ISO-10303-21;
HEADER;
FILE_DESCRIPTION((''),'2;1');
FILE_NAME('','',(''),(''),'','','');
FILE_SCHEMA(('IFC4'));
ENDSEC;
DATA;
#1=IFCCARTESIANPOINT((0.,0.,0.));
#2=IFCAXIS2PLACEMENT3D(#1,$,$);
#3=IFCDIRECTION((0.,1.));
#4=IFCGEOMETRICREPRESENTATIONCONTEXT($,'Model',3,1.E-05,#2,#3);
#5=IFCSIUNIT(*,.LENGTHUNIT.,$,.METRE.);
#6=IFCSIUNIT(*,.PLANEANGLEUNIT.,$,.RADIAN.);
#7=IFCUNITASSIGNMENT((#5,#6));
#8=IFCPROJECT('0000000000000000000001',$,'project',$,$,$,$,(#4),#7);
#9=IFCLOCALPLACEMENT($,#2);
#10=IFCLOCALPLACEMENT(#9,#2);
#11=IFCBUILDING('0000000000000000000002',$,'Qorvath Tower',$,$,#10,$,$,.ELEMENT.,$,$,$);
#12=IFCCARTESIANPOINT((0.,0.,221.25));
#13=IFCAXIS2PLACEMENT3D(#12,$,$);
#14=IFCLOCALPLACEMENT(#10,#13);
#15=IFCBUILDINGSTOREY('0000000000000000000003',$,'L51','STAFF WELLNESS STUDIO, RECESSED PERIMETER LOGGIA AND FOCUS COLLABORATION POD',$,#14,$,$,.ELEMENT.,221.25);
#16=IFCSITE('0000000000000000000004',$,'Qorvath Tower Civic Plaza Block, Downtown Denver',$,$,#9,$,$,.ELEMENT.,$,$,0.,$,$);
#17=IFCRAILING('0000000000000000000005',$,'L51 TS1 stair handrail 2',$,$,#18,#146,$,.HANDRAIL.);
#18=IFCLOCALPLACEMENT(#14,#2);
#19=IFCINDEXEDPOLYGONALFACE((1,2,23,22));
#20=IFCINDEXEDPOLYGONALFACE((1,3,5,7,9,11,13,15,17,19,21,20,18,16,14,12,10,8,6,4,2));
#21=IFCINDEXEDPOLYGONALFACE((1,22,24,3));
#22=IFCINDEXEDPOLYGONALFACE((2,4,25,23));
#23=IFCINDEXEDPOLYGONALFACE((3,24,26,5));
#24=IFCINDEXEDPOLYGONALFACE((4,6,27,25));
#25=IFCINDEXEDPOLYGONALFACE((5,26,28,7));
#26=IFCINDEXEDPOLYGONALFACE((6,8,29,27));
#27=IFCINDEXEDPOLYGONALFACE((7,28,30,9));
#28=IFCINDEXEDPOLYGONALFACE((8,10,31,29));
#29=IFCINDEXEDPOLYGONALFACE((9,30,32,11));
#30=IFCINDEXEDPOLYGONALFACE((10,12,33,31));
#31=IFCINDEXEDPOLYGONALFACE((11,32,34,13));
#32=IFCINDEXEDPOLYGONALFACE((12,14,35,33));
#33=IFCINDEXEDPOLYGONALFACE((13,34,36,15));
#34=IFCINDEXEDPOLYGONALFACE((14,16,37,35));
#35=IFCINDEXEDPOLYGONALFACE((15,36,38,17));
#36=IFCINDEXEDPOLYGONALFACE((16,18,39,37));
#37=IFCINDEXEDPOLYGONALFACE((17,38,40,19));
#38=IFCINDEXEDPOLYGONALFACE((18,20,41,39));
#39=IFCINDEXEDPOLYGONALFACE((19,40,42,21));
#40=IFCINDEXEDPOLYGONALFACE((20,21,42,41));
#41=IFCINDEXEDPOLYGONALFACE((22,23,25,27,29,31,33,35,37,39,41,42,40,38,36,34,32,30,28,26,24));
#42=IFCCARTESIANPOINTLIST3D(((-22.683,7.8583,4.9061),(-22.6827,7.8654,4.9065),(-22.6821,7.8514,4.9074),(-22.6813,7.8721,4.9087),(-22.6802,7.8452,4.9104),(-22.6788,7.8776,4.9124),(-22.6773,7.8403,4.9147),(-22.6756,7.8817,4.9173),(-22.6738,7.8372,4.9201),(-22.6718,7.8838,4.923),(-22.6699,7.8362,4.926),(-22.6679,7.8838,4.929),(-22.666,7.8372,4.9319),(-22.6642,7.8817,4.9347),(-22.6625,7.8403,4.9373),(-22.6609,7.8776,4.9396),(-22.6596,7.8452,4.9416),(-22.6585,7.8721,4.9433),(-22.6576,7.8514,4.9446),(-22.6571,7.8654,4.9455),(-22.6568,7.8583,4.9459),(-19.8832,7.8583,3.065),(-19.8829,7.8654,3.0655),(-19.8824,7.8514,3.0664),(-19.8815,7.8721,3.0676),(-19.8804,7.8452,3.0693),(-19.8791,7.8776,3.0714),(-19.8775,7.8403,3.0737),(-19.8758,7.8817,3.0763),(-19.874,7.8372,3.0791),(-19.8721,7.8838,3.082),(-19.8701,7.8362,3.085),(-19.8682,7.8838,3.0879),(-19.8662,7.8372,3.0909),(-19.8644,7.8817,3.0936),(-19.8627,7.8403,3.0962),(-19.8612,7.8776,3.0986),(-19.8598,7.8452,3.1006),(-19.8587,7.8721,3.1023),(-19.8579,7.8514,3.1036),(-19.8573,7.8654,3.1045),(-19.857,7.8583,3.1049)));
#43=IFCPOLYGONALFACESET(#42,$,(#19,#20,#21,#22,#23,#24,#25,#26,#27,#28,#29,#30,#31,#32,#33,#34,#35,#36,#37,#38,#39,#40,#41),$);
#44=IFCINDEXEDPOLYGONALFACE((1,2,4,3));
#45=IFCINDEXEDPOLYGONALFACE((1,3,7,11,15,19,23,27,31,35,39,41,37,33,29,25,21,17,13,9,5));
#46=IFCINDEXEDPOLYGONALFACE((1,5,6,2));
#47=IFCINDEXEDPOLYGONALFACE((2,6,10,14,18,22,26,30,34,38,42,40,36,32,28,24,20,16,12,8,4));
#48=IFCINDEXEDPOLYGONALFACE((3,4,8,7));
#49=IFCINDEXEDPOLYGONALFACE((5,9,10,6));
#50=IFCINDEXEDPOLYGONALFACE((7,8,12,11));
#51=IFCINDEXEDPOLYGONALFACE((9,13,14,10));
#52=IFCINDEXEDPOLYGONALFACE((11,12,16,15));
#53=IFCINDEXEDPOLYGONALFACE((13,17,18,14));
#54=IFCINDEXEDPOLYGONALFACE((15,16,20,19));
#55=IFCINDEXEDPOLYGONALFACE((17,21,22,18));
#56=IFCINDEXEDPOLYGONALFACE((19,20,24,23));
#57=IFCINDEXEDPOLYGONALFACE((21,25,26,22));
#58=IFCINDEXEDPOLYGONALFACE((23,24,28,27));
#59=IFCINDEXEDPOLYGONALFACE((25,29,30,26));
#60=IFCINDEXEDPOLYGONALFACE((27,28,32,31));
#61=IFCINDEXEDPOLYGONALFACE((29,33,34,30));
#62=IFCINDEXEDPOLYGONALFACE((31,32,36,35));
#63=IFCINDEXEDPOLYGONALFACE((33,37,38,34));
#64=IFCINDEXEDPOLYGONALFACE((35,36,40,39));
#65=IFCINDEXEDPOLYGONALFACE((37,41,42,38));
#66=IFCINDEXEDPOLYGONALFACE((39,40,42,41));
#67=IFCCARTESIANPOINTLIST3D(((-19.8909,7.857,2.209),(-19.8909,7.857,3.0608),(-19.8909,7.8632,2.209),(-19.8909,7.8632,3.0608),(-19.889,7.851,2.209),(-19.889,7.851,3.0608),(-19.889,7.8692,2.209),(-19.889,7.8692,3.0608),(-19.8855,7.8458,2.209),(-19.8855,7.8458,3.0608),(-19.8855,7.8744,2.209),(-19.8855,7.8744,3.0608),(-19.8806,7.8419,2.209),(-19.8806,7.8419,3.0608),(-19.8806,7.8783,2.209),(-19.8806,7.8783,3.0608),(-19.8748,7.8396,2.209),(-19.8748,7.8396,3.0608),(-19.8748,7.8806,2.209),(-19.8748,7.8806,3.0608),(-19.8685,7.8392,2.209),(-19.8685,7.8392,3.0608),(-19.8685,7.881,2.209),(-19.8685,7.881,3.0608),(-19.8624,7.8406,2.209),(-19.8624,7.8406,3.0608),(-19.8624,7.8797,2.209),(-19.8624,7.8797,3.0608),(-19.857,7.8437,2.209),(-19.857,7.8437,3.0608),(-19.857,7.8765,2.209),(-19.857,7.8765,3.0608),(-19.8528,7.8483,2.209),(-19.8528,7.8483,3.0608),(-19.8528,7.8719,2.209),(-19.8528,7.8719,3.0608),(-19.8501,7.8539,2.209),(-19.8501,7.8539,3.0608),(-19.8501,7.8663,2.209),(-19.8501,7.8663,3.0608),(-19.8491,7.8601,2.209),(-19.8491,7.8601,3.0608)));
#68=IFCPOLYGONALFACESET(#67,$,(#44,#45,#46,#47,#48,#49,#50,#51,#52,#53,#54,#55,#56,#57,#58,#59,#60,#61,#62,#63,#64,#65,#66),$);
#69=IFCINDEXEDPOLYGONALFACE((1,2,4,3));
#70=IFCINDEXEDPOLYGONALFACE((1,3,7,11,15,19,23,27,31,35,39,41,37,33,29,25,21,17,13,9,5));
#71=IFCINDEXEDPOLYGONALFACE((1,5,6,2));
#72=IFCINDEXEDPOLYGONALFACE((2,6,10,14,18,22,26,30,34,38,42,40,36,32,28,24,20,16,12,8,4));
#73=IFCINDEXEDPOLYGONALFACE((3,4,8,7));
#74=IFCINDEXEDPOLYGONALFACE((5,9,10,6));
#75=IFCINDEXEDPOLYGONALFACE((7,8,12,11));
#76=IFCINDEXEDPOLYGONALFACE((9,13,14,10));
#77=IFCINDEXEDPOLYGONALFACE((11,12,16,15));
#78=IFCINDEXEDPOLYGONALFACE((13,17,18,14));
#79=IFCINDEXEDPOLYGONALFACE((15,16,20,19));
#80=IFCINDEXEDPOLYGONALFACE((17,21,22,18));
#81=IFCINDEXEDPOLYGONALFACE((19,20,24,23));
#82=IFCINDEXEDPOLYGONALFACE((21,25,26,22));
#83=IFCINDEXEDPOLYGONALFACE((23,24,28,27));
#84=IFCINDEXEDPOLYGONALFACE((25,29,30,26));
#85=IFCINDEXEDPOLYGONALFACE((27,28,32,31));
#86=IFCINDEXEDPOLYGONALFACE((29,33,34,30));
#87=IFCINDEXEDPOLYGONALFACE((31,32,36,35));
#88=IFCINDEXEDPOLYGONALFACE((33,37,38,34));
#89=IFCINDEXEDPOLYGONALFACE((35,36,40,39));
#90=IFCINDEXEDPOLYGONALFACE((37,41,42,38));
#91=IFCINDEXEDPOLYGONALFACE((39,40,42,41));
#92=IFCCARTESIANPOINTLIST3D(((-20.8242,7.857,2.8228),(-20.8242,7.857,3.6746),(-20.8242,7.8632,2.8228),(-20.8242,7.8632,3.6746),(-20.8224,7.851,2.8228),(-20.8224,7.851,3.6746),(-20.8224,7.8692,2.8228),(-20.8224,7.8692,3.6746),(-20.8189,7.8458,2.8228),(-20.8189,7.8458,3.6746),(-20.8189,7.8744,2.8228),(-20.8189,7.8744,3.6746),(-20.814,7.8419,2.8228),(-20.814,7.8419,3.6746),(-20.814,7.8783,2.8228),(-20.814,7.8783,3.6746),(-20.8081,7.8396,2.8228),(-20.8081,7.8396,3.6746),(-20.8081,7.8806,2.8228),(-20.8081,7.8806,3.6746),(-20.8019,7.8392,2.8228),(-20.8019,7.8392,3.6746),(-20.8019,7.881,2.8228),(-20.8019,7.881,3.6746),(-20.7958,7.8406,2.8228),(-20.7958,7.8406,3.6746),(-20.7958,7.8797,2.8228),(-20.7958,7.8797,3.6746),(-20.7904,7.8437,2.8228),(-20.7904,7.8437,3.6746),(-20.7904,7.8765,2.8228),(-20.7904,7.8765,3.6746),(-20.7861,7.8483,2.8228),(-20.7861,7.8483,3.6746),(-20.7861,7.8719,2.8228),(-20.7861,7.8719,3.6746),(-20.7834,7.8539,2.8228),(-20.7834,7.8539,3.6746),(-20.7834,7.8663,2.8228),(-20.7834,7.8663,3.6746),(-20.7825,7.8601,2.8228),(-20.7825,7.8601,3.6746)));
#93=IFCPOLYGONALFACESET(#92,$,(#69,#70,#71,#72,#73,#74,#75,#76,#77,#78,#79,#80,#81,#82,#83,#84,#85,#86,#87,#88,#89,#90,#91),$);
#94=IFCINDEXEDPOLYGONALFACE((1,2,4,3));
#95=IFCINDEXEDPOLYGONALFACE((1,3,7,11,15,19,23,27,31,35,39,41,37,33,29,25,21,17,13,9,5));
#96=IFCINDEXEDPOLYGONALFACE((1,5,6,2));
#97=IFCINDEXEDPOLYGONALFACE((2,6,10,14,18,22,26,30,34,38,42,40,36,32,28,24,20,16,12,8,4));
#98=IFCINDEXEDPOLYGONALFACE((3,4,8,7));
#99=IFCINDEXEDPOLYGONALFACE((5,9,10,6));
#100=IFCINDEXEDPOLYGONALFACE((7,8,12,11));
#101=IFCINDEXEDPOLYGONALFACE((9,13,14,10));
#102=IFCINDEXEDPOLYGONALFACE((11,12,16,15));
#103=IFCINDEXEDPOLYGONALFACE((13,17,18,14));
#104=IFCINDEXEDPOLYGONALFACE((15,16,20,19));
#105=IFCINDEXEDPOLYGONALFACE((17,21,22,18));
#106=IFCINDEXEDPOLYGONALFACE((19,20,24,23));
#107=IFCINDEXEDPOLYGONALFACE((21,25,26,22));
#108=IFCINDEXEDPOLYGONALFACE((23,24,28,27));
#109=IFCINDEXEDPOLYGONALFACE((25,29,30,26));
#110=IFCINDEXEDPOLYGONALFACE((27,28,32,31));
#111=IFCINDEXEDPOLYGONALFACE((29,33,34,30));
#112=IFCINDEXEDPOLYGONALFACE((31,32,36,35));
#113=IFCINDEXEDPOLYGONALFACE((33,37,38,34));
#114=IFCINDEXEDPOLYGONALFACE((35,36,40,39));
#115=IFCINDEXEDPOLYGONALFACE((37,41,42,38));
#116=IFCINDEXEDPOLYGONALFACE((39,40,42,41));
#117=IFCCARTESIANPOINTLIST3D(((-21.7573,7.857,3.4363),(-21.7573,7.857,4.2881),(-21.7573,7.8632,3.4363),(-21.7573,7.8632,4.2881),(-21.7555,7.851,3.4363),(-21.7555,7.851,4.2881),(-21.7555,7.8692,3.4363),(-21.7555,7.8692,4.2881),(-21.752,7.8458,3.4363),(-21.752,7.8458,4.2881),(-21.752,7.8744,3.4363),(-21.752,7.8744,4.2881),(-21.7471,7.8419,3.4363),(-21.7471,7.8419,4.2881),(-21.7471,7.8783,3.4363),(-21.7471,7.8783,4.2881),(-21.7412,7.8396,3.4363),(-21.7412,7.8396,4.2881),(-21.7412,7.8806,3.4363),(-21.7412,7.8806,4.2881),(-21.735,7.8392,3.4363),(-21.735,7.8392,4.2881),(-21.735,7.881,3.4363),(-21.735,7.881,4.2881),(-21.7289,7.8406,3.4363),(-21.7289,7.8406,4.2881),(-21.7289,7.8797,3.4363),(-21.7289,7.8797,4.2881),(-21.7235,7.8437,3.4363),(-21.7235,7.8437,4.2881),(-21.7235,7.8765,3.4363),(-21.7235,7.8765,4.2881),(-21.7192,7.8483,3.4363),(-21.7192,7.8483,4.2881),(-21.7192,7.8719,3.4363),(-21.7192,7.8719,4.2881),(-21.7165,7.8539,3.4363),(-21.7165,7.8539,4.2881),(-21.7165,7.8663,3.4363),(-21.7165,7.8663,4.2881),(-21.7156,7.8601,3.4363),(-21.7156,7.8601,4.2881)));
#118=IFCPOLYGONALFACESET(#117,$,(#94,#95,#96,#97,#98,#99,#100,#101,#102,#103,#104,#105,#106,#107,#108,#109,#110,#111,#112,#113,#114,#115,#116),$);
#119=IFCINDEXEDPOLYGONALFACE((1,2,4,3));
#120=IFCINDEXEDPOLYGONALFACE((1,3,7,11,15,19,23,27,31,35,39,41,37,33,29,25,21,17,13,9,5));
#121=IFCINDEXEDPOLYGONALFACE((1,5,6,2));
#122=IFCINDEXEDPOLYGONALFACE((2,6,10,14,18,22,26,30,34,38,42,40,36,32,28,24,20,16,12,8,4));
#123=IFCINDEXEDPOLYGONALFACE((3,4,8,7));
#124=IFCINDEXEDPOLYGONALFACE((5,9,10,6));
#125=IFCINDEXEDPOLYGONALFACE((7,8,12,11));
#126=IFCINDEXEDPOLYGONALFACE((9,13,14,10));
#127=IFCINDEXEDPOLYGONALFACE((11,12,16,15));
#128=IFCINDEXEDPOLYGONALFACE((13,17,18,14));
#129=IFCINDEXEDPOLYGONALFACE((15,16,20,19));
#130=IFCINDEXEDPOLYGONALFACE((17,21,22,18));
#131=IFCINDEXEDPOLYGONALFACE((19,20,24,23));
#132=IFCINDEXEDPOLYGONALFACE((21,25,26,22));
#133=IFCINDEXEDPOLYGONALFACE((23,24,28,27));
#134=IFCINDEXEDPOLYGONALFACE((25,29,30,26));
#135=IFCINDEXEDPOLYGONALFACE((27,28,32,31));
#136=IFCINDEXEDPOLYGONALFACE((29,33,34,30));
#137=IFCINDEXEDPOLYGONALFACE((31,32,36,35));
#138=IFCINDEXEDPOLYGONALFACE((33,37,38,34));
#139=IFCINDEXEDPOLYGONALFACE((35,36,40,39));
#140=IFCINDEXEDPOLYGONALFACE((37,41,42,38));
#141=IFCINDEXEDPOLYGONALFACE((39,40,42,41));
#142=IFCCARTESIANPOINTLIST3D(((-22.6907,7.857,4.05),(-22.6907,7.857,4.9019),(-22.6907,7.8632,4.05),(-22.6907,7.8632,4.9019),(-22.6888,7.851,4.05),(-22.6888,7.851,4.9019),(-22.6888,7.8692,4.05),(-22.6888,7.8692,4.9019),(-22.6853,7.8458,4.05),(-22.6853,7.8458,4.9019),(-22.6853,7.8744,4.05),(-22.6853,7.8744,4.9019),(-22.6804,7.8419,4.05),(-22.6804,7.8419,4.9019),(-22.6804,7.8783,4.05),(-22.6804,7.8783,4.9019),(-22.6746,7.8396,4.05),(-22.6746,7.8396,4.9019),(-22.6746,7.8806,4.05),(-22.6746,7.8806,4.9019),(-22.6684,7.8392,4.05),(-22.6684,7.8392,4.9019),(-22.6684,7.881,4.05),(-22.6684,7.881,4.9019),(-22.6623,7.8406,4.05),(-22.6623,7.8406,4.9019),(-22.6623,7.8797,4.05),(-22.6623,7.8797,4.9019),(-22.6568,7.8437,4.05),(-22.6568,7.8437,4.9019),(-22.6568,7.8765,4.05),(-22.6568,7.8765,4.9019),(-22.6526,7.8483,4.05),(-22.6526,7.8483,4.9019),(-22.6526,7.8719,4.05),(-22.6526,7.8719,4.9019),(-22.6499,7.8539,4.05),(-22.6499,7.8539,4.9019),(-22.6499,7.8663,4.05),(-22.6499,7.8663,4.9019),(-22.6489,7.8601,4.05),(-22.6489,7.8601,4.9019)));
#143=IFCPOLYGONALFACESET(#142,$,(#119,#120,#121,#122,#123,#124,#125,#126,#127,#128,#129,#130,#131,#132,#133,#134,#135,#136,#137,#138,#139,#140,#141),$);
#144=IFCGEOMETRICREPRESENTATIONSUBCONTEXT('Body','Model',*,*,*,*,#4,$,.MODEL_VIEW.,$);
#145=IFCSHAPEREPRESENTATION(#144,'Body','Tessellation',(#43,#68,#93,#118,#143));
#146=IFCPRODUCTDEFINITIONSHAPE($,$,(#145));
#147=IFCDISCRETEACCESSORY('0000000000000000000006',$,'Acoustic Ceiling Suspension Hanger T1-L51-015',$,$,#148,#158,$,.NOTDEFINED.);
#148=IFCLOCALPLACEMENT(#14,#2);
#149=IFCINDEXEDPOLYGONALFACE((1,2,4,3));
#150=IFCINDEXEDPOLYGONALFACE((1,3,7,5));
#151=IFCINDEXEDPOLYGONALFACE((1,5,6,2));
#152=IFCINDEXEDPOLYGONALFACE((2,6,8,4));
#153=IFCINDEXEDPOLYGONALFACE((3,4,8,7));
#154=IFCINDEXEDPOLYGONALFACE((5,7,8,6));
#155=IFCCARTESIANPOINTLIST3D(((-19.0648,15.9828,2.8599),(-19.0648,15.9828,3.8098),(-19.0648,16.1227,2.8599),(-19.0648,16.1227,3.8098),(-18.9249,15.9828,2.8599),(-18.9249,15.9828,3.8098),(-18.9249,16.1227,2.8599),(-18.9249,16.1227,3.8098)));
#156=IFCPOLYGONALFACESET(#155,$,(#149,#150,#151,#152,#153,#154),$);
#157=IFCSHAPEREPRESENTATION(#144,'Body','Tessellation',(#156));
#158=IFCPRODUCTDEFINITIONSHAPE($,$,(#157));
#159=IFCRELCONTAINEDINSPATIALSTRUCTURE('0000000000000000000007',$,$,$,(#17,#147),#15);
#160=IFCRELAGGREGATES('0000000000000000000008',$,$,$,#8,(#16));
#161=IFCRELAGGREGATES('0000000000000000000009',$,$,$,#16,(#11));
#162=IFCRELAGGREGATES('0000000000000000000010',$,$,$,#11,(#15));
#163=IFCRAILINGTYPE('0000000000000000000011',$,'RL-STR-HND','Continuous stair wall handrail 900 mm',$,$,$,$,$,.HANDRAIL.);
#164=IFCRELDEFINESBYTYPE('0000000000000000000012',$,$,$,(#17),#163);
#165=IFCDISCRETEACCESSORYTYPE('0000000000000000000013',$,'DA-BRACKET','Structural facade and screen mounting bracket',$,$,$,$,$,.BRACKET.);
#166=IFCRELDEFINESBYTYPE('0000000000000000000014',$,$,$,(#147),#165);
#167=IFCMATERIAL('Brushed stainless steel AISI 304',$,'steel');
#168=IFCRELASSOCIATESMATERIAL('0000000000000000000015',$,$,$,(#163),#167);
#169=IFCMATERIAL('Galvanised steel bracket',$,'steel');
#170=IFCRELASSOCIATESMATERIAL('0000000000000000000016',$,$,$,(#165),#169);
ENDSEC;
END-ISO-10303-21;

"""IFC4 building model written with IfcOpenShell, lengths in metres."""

from ifc_helpers import new_model, si_unit, direction, frame, origin, origin_2d, place, context, subcontext, project, spatial, rectangle, circle, extrude, material, type_object, element, save


model = new_model("IFC4")

# Units and contexts
model_context = context("Model", 3, precision=1e-05, world=origin(), true_north=direction((0.0, 1.0)))
body_context = subcontext(model_context, "Body", "Model", "MODEL_VIEW")
ifc_project = project(units=[si_unit("LENGTHUNIT", "METRE"), si_unit("PLANEANGLEUNIT", "RADIAN")], contexts=[model_context])

# Site, building, storey
site_placement = place(None, origin())
site = spatial("IfcSite", under=ifc_project, at=site_placement, Name="Qorvath Tower Civic Plaza Block, Downtown Denver", CompositionType="ELEMENT", RefElevation=0.0)
building_placement = place(site_placement, origin())
building = spatial("IfcBuilding", under=site, at=building_placement, Name="Qorvath Tower", CompositionType="ELEMENT")
storey_placement = place(building_placement, frame((0.0, 0.0, 221.25)))
storey = spatial("IfcBuildingStorey", under=building, at=storey_placement, Name="L51", Description="STAFF WELLNESS STUDIO, RECESSED PERIMETER LOGGIA AND FOCUS COLLABORATION POD", CompositionType="ELEMENT", Elevation=221.25)

# Railing
ifc_material_1 = material(Name="Brushed stainless steel AISI 304", Category="steel")
railing_type = type_object("IfcRailingType", Name="RL-STR-HND", Description="Continuous stair wall handrail 900 mm", PredefinedType="HANDRAIL", material=ifc_material_1)
railing_placement = place(storey_placement, frame((-19.8701, 7.8601, 2.209)))
element("IfcRailing", 1, at=railing_placement, inside=storey, type_object=railing_type, Name="L51 TS1 stair handrail 2", PredefinedType="HANDRAIL", context=body_context, shape_type="SweptSolid", body=[
    extrude(circle(Radius=0.0239, at=origin_2d()), frame((0.0, 0.0, 0.876), z_axis=(-0.835542, 0.0, 0.549426), x_axis=(0.0, -1.0, 0.0)), (0.0, 0.0, 1.0), 3.3508),
    extrude(circle(Radius=0.021, at=origin_2d()), origin(), (0.0, 0.0, 1.0), 0.8518),
    extrude(circle(Radius=0.021, at=origin_2d()), frame((-0.9333, 0.0, 0.6138)), (0.0, 0.0, 1.0), 0.8518),
    extrude(circle(Radius=0.021, at=origin_2d()), frame((-1.8665, 0.0, 1.2273)), (0.0, 0.0, 1.0), 0.8518),
    extrude(circle(Radius=0.021, at=origin_2d()), frame((-2.7998, 0.0, 1.8411)), (0.0, 0.0, 1.0), 0.8518),
])

# Discrete accessory
ifc_material_2 = material(Name="Galvanised steel bracket", Category="steel")
discrete_accessory_type = type_object("IfcDiscreteAccessoryType", Name="DA-BRACKET", Description="Structural facade and screen mounting bracket", PredefinedType="BRACKET", material=ifc_material_2)
discrete_accessory_placement = place(storey_placement, frame((-18.9949, 16.0527, 2.8599), z_axis=(0.0, 0.0, 1.0), x_axis=(1.0, 0.0, 0.0)))
element("IfcDiscreteAccessory", 2, at=discrete_accessory_placement, inside=storey, type_object=discrete_accessory_type, Name="Acoustic Ceiling Suspension Hanger T1-L51-015", PredefinedType="NOTDEFINED", context=body_context, shape_type="SweptSolid", body=[
    extrude(rectangle(XDim=0.1399, YDim=0.1399, at=origin_2d()), origin(), (0.0, 0.0, 1.0), 0.95),
])

save(model, "model.ifc")
